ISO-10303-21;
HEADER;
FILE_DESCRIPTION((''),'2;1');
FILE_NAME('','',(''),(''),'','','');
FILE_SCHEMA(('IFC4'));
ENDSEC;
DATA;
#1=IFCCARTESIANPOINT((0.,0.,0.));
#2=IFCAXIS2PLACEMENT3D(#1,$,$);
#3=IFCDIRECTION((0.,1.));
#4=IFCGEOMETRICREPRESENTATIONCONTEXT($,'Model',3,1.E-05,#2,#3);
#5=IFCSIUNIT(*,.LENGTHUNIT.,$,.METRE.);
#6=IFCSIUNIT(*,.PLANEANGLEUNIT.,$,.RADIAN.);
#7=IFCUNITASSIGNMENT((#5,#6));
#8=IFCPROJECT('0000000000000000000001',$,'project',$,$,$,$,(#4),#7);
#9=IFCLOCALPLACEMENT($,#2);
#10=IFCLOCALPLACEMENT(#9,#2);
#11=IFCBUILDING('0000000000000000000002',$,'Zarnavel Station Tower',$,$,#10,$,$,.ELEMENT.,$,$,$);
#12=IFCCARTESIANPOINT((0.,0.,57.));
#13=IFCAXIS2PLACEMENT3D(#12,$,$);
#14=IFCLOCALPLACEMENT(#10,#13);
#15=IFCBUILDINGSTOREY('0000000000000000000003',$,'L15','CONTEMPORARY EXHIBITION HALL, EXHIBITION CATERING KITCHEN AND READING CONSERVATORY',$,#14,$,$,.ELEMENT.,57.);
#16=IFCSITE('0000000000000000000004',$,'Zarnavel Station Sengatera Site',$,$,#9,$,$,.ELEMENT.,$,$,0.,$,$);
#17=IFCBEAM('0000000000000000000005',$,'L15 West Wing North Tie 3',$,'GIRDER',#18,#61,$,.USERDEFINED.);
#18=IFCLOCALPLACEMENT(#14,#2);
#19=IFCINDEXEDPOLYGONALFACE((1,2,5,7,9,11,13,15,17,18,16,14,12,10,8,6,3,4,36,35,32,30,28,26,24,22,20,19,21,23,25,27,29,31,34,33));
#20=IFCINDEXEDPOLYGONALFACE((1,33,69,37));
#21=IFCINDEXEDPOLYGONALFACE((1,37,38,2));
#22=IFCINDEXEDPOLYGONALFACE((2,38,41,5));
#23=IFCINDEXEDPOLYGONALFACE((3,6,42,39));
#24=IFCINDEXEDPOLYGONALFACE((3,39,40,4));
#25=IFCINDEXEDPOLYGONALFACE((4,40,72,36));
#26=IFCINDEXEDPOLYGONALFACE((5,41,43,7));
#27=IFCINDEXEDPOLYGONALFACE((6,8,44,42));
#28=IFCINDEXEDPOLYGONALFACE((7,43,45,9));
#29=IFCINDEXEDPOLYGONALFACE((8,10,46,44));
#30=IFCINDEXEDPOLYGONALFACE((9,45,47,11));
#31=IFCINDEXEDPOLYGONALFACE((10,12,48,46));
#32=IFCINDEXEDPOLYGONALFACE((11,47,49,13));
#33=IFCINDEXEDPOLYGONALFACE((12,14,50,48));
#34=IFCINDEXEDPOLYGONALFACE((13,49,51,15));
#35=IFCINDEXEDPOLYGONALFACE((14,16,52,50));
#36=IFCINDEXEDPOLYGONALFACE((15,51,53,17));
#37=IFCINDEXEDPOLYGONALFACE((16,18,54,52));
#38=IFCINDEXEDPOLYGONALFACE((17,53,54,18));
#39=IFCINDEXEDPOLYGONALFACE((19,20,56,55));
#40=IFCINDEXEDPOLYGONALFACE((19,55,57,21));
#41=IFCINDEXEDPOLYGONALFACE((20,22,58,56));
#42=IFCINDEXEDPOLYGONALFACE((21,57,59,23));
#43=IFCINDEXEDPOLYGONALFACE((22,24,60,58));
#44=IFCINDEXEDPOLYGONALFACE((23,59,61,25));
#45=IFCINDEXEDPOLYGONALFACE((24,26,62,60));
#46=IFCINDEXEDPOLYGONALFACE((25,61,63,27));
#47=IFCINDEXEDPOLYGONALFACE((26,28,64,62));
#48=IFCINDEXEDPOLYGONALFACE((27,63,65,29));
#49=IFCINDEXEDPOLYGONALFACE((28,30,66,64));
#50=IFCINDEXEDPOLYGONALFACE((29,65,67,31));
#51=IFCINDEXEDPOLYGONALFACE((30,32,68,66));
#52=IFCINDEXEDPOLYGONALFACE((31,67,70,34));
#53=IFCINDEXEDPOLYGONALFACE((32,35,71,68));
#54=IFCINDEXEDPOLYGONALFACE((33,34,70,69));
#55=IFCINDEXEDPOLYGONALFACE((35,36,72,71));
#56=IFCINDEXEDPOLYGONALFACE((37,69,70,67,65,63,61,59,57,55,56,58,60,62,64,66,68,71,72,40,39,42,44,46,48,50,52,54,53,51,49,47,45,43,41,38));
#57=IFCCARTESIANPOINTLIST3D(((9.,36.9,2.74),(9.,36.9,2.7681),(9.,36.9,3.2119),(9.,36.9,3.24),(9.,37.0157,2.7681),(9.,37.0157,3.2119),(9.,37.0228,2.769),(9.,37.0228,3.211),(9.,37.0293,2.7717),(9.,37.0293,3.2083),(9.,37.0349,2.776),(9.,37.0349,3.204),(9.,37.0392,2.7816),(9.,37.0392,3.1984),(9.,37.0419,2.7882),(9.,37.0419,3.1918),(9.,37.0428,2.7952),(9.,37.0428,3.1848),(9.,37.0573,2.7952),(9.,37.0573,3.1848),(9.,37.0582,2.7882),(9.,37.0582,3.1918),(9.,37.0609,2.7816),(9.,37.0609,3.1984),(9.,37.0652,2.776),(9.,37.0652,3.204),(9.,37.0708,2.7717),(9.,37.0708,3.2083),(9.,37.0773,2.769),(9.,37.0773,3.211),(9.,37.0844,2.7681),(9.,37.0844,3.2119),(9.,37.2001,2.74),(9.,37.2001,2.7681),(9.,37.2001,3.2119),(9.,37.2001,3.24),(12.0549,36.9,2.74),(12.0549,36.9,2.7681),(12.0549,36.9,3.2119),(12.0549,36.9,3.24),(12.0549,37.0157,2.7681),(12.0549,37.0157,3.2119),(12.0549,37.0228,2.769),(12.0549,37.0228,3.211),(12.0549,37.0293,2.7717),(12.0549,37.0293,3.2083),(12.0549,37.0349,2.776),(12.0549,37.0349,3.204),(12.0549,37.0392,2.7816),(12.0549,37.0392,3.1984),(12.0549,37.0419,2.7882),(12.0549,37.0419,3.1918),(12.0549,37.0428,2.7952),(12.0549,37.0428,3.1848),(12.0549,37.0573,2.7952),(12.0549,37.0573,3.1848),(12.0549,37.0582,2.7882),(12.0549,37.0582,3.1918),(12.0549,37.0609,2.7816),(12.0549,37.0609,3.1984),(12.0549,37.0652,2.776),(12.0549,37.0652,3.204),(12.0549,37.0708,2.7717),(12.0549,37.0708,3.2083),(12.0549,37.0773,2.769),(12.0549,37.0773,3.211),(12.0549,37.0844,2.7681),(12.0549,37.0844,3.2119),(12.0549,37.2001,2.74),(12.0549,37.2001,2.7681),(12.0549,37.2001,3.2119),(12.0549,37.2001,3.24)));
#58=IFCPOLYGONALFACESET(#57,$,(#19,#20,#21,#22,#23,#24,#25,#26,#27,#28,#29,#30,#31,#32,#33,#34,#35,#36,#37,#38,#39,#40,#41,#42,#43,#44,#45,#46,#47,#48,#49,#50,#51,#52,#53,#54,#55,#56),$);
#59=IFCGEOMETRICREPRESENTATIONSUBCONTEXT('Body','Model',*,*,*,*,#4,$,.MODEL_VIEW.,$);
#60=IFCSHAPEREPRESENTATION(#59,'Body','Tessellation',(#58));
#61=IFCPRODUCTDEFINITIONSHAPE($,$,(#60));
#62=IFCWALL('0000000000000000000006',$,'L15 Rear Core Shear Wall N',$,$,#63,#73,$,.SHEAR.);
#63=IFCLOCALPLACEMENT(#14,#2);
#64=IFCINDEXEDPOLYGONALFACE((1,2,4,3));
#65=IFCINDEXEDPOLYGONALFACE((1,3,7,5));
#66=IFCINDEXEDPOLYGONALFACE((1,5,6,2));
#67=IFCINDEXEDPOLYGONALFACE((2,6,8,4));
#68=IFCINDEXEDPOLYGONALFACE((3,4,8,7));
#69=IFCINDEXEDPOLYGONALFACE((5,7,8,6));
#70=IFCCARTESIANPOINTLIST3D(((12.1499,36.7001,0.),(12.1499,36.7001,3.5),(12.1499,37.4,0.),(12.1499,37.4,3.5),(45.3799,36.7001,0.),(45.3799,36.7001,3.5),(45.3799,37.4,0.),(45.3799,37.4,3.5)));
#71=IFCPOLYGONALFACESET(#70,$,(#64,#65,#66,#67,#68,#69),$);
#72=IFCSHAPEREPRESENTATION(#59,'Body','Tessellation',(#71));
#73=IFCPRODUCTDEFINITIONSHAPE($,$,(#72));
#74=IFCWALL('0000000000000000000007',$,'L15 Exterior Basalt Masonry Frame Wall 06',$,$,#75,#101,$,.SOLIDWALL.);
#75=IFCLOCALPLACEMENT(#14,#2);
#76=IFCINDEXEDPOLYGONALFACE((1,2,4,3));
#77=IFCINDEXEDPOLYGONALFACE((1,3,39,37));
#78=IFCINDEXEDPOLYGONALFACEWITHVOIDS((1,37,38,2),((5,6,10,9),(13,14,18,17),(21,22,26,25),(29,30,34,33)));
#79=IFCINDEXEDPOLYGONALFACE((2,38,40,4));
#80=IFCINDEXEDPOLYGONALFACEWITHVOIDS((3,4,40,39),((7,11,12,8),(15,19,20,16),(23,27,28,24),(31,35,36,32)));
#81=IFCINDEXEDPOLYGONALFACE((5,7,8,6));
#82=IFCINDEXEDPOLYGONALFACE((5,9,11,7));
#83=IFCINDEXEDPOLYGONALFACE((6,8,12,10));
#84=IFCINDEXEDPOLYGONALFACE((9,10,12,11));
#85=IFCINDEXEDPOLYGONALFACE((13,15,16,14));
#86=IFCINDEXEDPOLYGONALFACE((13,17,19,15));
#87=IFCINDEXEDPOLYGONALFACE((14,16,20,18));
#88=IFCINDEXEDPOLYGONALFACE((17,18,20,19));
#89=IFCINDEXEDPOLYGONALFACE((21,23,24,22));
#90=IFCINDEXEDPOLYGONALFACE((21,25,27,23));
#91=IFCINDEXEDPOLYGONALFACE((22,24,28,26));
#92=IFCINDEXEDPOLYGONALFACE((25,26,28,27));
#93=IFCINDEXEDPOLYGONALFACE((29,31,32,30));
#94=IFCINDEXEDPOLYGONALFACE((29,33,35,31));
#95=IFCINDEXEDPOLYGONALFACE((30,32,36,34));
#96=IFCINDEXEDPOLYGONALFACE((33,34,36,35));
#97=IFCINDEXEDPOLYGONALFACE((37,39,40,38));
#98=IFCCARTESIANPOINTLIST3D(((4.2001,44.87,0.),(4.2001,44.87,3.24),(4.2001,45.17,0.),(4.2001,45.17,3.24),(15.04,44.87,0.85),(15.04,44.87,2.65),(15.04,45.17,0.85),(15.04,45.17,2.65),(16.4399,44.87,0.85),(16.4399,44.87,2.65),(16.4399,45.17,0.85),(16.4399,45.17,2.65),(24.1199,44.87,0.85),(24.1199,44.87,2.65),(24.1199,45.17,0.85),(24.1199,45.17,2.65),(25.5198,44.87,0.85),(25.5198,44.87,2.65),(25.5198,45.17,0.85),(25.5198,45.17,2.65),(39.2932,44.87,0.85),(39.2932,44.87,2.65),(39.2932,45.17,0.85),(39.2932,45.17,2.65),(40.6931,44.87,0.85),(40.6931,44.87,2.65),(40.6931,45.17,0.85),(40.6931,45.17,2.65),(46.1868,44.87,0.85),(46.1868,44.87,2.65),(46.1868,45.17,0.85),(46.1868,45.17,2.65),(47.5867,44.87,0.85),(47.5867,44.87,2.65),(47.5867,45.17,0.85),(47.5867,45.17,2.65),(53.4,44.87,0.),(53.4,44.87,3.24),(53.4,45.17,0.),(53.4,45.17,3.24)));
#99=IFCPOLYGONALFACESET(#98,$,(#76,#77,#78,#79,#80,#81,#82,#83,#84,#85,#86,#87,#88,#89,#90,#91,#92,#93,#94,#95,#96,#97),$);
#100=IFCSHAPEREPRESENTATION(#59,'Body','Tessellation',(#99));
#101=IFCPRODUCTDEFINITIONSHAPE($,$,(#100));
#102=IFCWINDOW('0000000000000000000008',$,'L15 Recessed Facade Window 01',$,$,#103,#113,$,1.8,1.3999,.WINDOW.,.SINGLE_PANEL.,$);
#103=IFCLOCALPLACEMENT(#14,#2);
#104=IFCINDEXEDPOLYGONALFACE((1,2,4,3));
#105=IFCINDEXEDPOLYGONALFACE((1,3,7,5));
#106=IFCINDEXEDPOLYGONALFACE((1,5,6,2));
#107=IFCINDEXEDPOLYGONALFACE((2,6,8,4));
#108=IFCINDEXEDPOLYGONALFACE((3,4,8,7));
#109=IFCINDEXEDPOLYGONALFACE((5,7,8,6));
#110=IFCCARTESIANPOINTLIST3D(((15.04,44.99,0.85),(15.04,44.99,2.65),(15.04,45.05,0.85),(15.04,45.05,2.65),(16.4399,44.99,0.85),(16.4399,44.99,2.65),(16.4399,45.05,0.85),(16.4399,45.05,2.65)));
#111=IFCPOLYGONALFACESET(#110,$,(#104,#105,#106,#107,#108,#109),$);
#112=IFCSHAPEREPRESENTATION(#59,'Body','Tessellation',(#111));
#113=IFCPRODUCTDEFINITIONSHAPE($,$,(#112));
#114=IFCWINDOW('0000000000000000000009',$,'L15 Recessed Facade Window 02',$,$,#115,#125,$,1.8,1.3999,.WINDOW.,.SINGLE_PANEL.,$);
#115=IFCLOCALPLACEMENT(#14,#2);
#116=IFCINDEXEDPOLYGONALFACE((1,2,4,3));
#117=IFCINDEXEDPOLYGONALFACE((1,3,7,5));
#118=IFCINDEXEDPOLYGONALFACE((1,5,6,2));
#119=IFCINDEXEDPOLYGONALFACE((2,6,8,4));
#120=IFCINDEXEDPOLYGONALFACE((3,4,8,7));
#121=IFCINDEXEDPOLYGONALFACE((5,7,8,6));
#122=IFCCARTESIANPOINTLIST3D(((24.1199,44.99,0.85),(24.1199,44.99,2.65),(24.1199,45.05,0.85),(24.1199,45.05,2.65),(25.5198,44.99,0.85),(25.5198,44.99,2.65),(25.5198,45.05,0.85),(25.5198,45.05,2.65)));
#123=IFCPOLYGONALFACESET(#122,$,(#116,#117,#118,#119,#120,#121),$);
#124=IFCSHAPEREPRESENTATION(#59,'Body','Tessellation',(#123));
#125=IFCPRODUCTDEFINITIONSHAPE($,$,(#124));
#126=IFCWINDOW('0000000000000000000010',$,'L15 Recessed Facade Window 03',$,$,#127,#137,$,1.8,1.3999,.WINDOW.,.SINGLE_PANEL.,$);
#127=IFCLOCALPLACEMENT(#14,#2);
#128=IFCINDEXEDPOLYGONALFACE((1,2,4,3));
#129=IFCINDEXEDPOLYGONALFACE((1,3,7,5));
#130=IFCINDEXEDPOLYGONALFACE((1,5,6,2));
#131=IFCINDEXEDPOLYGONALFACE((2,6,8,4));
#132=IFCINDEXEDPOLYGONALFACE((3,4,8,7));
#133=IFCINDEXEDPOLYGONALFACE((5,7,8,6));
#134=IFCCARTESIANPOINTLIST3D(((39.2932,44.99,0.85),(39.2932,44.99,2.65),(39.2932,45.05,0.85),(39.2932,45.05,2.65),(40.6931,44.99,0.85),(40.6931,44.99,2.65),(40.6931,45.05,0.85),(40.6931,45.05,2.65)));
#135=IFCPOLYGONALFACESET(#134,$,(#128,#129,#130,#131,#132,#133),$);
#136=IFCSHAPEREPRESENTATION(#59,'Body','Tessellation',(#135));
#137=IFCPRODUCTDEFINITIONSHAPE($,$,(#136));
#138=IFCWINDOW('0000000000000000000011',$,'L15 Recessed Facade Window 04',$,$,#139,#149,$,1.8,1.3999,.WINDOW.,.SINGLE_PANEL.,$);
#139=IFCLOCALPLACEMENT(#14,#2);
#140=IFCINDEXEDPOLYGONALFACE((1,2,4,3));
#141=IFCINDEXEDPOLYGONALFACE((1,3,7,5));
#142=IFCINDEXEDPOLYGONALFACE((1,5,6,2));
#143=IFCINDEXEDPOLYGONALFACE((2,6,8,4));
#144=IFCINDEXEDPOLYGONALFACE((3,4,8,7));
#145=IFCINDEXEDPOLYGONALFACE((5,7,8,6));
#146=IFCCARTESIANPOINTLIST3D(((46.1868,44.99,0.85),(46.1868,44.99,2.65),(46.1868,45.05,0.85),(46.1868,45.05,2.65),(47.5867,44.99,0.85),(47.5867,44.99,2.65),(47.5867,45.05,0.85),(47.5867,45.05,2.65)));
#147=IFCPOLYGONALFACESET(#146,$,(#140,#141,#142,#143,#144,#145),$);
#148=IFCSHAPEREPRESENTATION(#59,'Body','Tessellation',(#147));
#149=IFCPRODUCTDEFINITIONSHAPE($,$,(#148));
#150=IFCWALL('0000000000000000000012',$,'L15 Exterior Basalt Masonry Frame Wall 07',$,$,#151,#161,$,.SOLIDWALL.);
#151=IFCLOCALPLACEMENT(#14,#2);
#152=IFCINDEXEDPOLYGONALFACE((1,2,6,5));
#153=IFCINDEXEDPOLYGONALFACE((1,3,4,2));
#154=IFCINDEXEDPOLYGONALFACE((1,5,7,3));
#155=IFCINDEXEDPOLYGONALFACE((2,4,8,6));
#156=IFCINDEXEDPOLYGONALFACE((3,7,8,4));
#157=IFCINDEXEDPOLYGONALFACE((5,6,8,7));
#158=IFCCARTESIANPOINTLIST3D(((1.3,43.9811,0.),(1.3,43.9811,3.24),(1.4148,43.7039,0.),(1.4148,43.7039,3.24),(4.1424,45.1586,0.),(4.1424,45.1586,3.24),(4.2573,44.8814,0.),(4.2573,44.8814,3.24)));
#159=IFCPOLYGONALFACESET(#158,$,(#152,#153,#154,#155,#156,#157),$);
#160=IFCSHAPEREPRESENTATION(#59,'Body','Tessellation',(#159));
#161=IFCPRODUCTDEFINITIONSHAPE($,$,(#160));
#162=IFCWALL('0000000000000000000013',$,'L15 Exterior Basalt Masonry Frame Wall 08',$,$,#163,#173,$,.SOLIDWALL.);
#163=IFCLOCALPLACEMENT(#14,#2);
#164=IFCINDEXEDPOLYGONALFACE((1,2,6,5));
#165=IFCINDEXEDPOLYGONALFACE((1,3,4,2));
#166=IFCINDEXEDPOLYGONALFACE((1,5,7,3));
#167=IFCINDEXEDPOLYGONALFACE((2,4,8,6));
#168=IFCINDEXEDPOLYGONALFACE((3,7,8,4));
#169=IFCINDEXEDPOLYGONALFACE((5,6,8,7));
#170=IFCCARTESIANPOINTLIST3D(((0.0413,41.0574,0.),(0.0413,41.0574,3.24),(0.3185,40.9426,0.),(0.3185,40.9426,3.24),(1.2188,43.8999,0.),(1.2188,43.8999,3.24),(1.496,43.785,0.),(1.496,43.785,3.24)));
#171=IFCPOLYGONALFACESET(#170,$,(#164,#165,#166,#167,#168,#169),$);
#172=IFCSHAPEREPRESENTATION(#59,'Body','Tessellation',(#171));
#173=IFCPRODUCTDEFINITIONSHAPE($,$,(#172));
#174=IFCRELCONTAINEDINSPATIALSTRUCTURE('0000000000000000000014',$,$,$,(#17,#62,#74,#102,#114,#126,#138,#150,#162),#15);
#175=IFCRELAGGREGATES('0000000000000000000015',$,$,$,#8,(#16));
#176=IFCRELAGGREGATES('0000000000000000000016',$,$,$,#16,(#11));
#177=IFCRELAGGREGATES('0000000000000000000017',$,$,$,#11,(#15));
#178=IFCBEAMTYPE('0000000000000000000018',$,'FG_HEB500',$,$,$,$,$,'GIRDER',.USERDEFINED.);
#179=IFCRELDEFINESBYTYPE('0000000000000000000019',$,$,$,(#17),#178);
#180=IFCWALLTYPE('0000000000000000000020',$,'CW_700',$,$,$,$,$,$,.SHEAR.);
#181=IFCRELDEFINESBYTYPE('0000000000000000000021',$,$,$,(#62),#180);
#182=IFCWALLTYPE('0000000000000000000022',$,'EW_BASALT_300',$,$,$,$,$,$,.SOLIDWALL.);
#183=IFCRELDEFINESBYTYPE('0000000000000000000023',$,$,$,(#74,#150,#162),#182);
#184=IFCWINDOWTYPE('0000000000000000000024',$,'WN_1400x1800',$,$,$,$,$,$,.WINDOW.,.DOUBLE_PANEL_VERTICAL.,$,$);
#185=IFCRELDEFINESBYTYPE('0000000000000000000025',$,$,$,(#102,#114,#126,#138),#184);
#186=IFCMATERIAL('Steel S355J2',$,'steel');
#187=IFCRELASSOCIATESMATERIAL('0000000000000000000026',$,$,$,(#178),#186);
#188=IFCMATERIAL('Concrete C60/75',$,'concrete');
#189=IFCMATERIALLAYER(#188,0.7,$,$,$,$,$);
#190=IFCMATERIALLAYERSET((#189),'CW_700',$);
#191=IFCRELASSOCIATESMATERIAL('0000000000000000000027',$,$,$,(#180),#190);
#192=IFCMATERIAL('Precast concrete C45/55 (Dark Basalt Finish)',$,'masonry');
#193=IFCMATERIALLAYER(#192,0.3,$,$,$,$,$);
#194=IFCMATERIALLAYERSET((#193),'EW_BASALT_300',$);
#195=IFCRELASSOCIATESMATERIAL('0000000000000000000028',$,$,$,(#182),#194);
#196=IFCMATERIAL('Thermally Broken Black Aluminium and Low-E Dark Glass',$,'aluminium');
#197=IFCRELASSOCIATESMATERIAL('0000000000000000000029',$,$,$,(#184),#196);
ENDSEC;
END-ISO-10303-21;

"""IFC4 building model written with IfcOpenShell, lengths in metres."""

from ifc_helpers import new_model, si_unit, direction, frame, frame_2d, origin, origin_2d, place, context, subcontext, project, spatial, rectangle, i_section, extrude, material, layer, layer_set, material_profile, profile_set, type_object, element, fill, save


model = new_model("IFC4")

# Units and contexts
model_context = context("Model", 3, precision=1e-05, world=origin(), true_north=direction((0.0, 1.0)))
body_context = subcontext(model_context, "Body", "Model", "MODEL_VIEW")
ifc_project = project(units=[si_unit("LENGTHUNIT", "METRE"), si_unit("PLANEANGLEUNIT", "RADIAN")], contexts=[model_context])

# Site, building, storey
site_placement = place(None, origin())
site = spatial("IfcSite", under=ifc_project, at=site_placement, Name="Zarnavel Station Sengatera Site", CompositionType="ELEMENT", RefElevation=0.0)
building_placement = place(site_placement, origin())
building = spatial("IfcBuilding", under=site, at=building_placement, Name="Zarnavel Station Tower", CompositionType="ELEMENT")
storey_placement = place(building_placement, frame((0.0, 0.0, 57.0)))
storey = spatial("IfcBuildingStorey", under=building, at=storey_placement, Name="L15", Description="CONTEMPORARY EXHIBITION HALL, EXHIBITION CATERING KITCHEN AND READING CONSERVATORY", CompositionType="ELEMENT", Elevation=57.0)

# Beam
ifc_material_1 = material(Name="Steel S355J2", Category="steel")
ifc_material_profile_1 = material_profile(ifc_material_1, i_section(OverallWidth=0.3, OverallDepth=0.5, WebThickness=0.0144, FlangeThickness=0.0281, FilletRadius=0.0271, at=origin_2d()), Name="HEB500")
ifc_profile_set_1 = profile_set([ifc_material_profile_1], Name="Steel S355J2")
beam_type = type_object("IfcBeamType", Name="FG_HEB500", ElementType="GIRDER", PredefinedType="USERDEFINED", material=ifc_profile_set_1)
beam_1_placement = place(storey_placement, frame((9.0, 37.05, 2.99), z_axis=(1.0, 0.0, 0.0), x_axis=(0.0, 1.0, 0.0)))
element("IfcBeam", 1, at=beam_1_placement, inside=storey, type_object=beam_type, Name="L15 West Wing North Tie 3", ObjectType="GIRDER", PredefinedType="USERDEFINED", context=body_context, shape_type="SweptSolid", body=[
    extrude(i_section(OverallWidth=0.3, OverallDepth=0.5, WebThickness=0.0144, FlangeThickness=0.0281, FilletRadius=0.0271, at=origin_2d()), origin(), (0.0, 0.0, 1.0), 3.0549),
])

# Wall
ifc_material_2 = material(Name="Concrete C60/75", Category="concrete")
ifc_layer_1 = layer(ifc_material_2, 0.7)
ifc_layer_set_1 = layer_set([ifc_layer_1], Name="CW_700")
wall_type_1 = type_object("IfcWallType", Name="CW_700", PredefinedType="SHEAR", material=ifc_layer_set_1)
wall_1_placement = place(storey_placement, frame((12.1499, 37.05, 0.0), z_axis=(0.0, 0.0, 1.0), x_axis=(1.0, 0.0, 0.0)))
element("IfcWall", 2, at=wall_1_placement, inside=storey, type_object=wall_type_1, Name="L15 Rear Core Shear Wall N", PredefinedType="SHEAR", context=body_context, shape_type="SweptSolid", body=[
    extrude(rectangle(XDim=33.23, YDim=0.7, at=frame_2d((16.615, 0.0))), origin(), (0.0, 0.0, 1.0), 3.5),
])

# Wall, openings, windows
ifc_material_3 = material(Name="Precast concrete C45/55 (Dark Basalt Finish)", Category="masonry")
ifc_layer_2 = layer(ifc_material_3, 0.3)
ifc_layer_set_2 = layer_set([ifc_layer_2], Name="EW_BASALT_300")
wall_type_2 = type_object("IfcWallType", Name="EW_BASALT_300", PredefinedType="SOLIDWALL", material=ifc_layer_set_2)
wall_2_placement = place(storey_placement, frame((4.2, 45.02, 0.0), z_axis=(0.0, 0.0, 1.0), x_axis=(1.0, 0.0, 0.0)))
wall_2 = element("IfcWall", 3, at=wall_2_placement, inside=storey, type_object=wall_type_2, Name="L15 Exterior Basalt Masonry Frame Wall 06", PredefinedType="SOLIDWALL", context=body_context, shape_type="SweptSolid", body=[
    extrude(rectangle(XDim=49.2, YDim=0.3, at=frame_2d((24.6001, 0.0))), origin(), (0.0, 0.0, 1.0), 3.24),
])
opening_1_placement = place(wall_2_placement, frame((10.8401, 0.0, 0.8501)))
opening_1 = element("IfcOpeningElement", 4, at=opening_1_placement, cuts=wall_2, PredefinedType="OPENING", context=body_context, shape_type="SweptSolid", body=[
    extrude(rectangle(XDim=1.3999, YDim=1.8, at=frame_2d((0.7, 0.8999))), frame((0.0, 0.1599, 0.0), z_axis=(0.0, -1.0, 0.0), x_axis=(1.0, 0.0, 0.0)), (0.0, 0.0, 1.0), 0.3201),
])
opening_2_placement = place(wall_2_placement, frame((19.9199, 0.0, 0.8501)))
opening_2 = element("IfcOpeningElement", 5, at=opening_2_placement, cuts=wall_2, PredefinedType="OPENING", context=body_context, shape_type="SweptSolid", body=[
    extrude(rectangle(XDim=1.3999, YDim=1.8, at=frame_2d((0.7, 0.8999))), frame((0.0, 0.1599, 0.0), z_axis=(0.0, -1.0, 0.0), x_axis=(1.0, 0.0, 0.0)), (0.0, 0.0, 1.0), 0.3201),
])
opening_3_placement = place(wall_2_placement, frame((35.0933, 0.0, 0.8501)))
opening_3 = element("IfcOpeningElement", 6, at=opening_3_placement, cuts=wall_2, PredefinedType="OPENING", context=body_context, shape_type="SweptSolid", body=[
    extrude(rectangle(XDim=1.3999, YDim=1.8, at=frame_2d((0.7, 0.8999))), frame((0.0, 0.1599, 0.0), z_axis=(0.0, -1.0, 0.0), x_axis=(1.0, 0.0, 0.0)), (0.0, 0.0, 1.0), 0.3201),
])
opening_4_placement = place(wall_2_placement, frame((41.9868, 0.0, 0.8501)))
opening_4 = element("IfcOpeningElement", 7, at=opening_4_placement, cuts=wall_2, PredefinedType="OPENING", context=body_context, shape_type="SweptSolid", body=[
    extrude(rectangle(XDim=1.3999, YDim=1.8, at=frame_2d((0.7, 0.8999))), frame((0.0, 0.1599, 0.0), z_axis=(0.0, -1.0, 0.0), x_axis=(1.0, 0.0, 0.0)), (0.0, 0.0, 1.0), 0.3201),
])
ifc_material_4 = material(Name="Thermally Broken Black Aluminium and Low-E Dark Glass", Category="aluminium")
window_type = type_object("IfcWindowType", Name="WN_1400x1800", PartitioningType="DOUBLE_PANEL_VERTICAL", PredefinedType="WINDOW", material=ifc_material_4)
window_1_placement = place(opening_1_placement, origin())
window_1 = element("IfcWindow", 8, at=window_1_placement, inside=storey, type_object=window_type, Name="L15 Recessed Facade Window 01", OverallHeight=1.8, OverallWidth=1.3999, PartitioningType="SINGLE_PANEL", PredefinedType="WINDOW", context=body_context, shape_type="SweptSolid", body=[
    extrude(rectangle(XDim=1.3999, YDim=1.8, at=frame_2d((0.7, 0.8999))), frame((0.0, 0.03, 0.0), z_axis=(0.0, -1.0, 0.0), x_axis=(1.0, 0.0, 0.0)), (0.0, 0.0, 1.0), 0.0601),
])
fill(opening_1, window_1)
window_2_placement = place(opening_2_placement, origin())
window_2 = element("IfcWindow", 9, at=window_2_placement, inside=storey, type_object=window_type, Name="L15 Recessed Facade Window 02", OverallHeight=1.8, OverallWidth=1.3999, PartitioningType="SINGLE_PANEL", PredefinedType="WINDOW", context=body_context, shape_type="SweptSolid", body=[
    extrude(rectangle(XDim=1.3999, YDim=1.8, at=frame_2d((0.7, 0.8999))), frame((0.0, 0.03, 0.0), z_axis=(0.0, -1.0, 0.0), x_axis=(1.0, 0.0, 0.0)), (0.0, 0.0, 1.0), 0.0601),
])
fill(opening_2, window_2)
window_3_placement = place(opening_3_placement, origin())
window_3 = element("IfcWindow", 10, at=window_3_placement, inside=storey, type_object=window_type, Name="L15 Recessed Facade Window 03", OverallHeight=1.8, OverallWidth=1.3999, PartitioningType="SINGLE_PANEL", PredefinedType="WINDOW", context=body_context, shape_type="SweptSolid", body=[
    extrude(rectangle(XDim=1.3999, YDim=1.8, at=frame_2d((0.7, 0.8999))), frame((0.0, 0.03, 0.0), z_axis=(0.0, -1.0, 0.0), x_axis=(1.0, 0.0, 0.0)), (0.0, 0.0, 1.0), 0.0601),
])
fill(opening_3, window_3)
window_4_placement = place(opening_4_placement, origin())
window_4 = element("IfcWindow", 11, at=window_4_placement, inside=storey, type_object=window_type, Name="L15 Recessed Facade Window 04", OverallHeight=1.8, OverallWidth=1.3999, PartitioningType="SINGLE_PANEL", PredefinedType="WINDOW", context=body_context, shape_type="SweptSolid", body=[
    extrude(rectangle(XDim=1.3999, YDim=1.8, at=frame_2d((0.7, 0.8999))), frame((0.0, 0.03, 0.0), z_axis=(0.0, -1.0, 0.0), x_axis=(1.0, 0.0, 0.0)), (0.0, 0.0, 1.0), 0.0601),
])
fill(opening_4, window_4)

# Walls
for number, where, z_axis, x_axis, name in (
    (12, (1.3574, 43.8425, 0.0), (0.0, 0.0, 1.0), (0.923871, 0.382705, 0.0), "L15 Exterior Basalt Masonry Frame Wall 07"),
    (13, (0.1799, 41.0, 0.0), (0.0, 0.0, 1.0), (0.382705, 0.923871, 0.0), "L15 Exterior Basalt Masonry Frame Wall 08"),
):
    element("IfcWall", number, at=place(storey_placement, frame(where, z_axis=z_axis, x_axis=x_axis)), inside=storey, type_object=wall_type_2, Name=name, PredefinedType="SOLIDWALL", context=body_context, shape_type="SweptSolid", body=[
        extrude(rectangle(XDim=3.0767, YDim=0.3, at=frame_2d((1.5383, 0.0))), origin(), (0.0, 0.0, 1.0), 3.24),
    ])

save(model, "model.ifc")
